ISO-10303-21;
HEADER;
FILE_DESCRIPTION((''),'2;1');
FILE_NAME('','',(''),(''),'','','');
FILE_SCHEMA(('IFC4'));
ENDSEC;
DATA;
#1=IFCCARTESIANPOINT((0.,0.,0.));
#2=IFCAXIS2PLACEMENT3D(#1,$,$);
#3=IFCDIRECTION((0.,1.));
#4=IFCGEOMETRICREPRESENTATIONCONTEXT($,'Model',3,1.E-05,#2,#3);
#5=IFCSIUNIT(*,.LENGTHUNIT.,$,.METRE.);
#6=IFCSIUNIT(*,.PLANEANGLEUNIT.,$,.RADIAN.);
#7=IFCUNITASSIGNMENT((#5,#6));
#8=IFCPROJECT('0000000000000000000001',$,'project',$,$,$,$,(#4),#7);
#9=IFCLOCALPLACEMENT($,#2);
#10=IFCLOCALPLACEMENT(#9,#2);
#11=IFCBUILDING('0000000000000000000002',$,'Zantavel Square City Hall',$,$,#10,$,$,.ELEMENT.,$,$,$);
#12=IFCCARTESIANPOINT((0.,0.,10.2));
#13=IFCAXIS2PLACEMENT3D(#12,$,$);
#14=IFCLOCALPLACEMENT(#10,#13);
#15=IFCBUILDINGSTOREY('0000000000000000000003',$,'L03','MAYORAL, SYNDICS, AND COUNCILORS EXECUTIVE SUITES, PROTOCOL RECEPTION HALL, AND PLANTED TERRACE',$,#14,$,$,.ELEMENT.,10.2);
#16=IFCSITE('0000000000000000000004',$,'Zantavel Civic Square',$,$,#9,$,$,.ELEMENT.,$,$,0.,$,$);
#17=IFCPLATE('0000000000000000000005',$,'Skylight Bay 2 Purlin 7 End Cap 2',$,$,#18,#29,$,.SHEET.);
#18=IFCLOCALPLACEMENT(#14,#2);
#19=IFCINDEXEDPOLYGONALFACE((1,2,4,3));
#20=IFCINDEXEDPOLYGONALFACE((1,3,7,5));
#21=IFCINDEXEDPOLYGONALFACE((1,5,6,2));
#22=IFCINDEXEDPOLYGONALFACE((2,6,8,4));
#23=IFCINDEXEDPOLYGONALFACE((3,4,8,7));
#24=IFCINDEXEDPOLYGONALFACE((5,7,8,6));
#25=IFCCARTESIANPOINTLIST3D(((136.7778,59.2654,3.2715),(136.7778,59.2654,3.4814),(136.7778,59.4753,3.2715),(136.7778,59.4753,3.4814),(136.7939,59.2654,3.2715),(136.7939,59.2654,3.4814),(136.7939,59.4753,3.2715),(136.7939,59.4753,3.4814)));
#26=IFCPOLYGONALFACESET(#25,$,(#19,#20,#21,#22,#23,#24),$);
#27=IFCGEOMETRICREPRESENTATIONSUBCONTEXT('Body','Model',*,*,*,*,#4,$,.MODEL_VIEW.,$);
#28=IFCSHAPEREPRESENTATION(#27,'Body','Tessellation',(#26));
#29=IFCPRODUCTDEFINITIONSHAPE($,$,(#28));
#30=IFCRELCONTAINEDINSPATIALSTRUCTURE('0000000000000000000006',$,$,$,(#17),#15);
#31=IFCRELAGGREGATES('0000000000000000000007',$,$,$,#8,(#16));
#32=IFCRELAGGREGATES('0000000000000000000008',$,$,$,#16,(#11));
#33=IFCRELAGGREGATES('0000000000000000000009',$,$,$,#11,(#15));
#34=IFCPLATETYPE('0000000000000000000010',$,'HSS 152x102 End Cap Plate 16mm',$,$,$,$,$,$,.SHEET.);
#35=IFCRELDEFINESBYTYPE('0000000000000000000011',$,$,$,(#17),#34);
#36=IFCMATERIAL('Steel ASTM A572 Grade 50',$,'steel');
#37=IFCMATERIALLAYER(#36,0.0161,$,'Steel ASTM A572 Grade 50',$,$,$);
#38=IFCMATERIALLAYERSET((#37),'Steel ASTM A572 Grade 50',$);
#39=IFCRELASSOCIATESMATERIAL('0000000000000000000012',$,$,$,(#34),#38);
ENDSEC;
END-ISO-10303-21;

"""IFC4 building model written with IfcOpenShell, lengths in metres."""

from ifc_helpers import new_model, si_unit, direction, frame, origin, origin_2d, place, context, subcontext, project, spatial, rectangle, extrude, material, layer, layer_set, type_object, element, save


model = new_model("IFC4")

# Units and contexts
model_context = context("Model", 3, precision=1e-05, world=origin(), true_north=direction((0.0, 1.0)))
body_context = subcontext(model_context, "Body", "Model", "MODEL_VIEW")
ifc_project = project(units=[si_unit("LENGTHUNIT", "METRE"), si_unit("PLANEANGLEUNIT", "RADIAN")], contexts=[model_context])

# Site, building, storey
site_placement = place(None, origin())
site = spatial("IfcSite", under=ifc_project, at=site_placement, Name="Zantavel Civic Square", CompositionType="ELEMENT", RefElevation=0.0)
building_placement = place(site_placement, origin())
building = spatial("IfcBuilding", under=site, at=building_placement, Name="Zantavel Square City Hall", CompositionType="ELEMENT")
storey_placement = place(building_placement, frame((0.0, 0.0, 10.2)))
storey = spatial("IfcBuildingStorey", under=building, at=storey_placement, Name="L03", Description="MAYORAL, SYNDICS, AND COUNCILORS EXECUTIVE SUITES, PROTOCOL RECEPTION HALL, AND PLANTED TERRACE", CompositionType="ELEMENT", Elevation=10.2)

# Plate
ifc_material_1 = material(Name="Steel ASTM A572 Grade 50", Category="steel")
ifc_layer = layer(ifc_material_1, 0.0161, Name="Steel ASTM A572 Grade 50")
ifc_layer_set = layer_set([ifc_layer], Name="Steel ASTM A572 Grade 50")
plate_type = type_object("IfcPlateType", Name="HSS 152x102 End Cap Plate 16mm", PredefinedType="SHEET", material=ifc_layer_set)
for number, where, z_axis, x_axis, name in (
    (1, (136.7859, 59.3704, 3.2715), (0.0, 0.0, 1.0), (1.0, 0.0, 0.0), "Skylight Bay 2 Purlin 7 End Cap 2"),
):
    element("IfcPlate", number, at=place(storey_placement, frame(where, z_axis=z_axis, x_axis=x_axis)), inside=storey, type_object=plate_type, Name=name, PredefinedType="SHEET", context=body_context, shape_type="SweptSolid", body=[
        extrude(rectangle(XDim=0.0161, YDim=0.21, at=origin_2d()), origin(), (0.0, 0.0, 1.0), 0.21),
    ])

save(model, "model.ifc")
